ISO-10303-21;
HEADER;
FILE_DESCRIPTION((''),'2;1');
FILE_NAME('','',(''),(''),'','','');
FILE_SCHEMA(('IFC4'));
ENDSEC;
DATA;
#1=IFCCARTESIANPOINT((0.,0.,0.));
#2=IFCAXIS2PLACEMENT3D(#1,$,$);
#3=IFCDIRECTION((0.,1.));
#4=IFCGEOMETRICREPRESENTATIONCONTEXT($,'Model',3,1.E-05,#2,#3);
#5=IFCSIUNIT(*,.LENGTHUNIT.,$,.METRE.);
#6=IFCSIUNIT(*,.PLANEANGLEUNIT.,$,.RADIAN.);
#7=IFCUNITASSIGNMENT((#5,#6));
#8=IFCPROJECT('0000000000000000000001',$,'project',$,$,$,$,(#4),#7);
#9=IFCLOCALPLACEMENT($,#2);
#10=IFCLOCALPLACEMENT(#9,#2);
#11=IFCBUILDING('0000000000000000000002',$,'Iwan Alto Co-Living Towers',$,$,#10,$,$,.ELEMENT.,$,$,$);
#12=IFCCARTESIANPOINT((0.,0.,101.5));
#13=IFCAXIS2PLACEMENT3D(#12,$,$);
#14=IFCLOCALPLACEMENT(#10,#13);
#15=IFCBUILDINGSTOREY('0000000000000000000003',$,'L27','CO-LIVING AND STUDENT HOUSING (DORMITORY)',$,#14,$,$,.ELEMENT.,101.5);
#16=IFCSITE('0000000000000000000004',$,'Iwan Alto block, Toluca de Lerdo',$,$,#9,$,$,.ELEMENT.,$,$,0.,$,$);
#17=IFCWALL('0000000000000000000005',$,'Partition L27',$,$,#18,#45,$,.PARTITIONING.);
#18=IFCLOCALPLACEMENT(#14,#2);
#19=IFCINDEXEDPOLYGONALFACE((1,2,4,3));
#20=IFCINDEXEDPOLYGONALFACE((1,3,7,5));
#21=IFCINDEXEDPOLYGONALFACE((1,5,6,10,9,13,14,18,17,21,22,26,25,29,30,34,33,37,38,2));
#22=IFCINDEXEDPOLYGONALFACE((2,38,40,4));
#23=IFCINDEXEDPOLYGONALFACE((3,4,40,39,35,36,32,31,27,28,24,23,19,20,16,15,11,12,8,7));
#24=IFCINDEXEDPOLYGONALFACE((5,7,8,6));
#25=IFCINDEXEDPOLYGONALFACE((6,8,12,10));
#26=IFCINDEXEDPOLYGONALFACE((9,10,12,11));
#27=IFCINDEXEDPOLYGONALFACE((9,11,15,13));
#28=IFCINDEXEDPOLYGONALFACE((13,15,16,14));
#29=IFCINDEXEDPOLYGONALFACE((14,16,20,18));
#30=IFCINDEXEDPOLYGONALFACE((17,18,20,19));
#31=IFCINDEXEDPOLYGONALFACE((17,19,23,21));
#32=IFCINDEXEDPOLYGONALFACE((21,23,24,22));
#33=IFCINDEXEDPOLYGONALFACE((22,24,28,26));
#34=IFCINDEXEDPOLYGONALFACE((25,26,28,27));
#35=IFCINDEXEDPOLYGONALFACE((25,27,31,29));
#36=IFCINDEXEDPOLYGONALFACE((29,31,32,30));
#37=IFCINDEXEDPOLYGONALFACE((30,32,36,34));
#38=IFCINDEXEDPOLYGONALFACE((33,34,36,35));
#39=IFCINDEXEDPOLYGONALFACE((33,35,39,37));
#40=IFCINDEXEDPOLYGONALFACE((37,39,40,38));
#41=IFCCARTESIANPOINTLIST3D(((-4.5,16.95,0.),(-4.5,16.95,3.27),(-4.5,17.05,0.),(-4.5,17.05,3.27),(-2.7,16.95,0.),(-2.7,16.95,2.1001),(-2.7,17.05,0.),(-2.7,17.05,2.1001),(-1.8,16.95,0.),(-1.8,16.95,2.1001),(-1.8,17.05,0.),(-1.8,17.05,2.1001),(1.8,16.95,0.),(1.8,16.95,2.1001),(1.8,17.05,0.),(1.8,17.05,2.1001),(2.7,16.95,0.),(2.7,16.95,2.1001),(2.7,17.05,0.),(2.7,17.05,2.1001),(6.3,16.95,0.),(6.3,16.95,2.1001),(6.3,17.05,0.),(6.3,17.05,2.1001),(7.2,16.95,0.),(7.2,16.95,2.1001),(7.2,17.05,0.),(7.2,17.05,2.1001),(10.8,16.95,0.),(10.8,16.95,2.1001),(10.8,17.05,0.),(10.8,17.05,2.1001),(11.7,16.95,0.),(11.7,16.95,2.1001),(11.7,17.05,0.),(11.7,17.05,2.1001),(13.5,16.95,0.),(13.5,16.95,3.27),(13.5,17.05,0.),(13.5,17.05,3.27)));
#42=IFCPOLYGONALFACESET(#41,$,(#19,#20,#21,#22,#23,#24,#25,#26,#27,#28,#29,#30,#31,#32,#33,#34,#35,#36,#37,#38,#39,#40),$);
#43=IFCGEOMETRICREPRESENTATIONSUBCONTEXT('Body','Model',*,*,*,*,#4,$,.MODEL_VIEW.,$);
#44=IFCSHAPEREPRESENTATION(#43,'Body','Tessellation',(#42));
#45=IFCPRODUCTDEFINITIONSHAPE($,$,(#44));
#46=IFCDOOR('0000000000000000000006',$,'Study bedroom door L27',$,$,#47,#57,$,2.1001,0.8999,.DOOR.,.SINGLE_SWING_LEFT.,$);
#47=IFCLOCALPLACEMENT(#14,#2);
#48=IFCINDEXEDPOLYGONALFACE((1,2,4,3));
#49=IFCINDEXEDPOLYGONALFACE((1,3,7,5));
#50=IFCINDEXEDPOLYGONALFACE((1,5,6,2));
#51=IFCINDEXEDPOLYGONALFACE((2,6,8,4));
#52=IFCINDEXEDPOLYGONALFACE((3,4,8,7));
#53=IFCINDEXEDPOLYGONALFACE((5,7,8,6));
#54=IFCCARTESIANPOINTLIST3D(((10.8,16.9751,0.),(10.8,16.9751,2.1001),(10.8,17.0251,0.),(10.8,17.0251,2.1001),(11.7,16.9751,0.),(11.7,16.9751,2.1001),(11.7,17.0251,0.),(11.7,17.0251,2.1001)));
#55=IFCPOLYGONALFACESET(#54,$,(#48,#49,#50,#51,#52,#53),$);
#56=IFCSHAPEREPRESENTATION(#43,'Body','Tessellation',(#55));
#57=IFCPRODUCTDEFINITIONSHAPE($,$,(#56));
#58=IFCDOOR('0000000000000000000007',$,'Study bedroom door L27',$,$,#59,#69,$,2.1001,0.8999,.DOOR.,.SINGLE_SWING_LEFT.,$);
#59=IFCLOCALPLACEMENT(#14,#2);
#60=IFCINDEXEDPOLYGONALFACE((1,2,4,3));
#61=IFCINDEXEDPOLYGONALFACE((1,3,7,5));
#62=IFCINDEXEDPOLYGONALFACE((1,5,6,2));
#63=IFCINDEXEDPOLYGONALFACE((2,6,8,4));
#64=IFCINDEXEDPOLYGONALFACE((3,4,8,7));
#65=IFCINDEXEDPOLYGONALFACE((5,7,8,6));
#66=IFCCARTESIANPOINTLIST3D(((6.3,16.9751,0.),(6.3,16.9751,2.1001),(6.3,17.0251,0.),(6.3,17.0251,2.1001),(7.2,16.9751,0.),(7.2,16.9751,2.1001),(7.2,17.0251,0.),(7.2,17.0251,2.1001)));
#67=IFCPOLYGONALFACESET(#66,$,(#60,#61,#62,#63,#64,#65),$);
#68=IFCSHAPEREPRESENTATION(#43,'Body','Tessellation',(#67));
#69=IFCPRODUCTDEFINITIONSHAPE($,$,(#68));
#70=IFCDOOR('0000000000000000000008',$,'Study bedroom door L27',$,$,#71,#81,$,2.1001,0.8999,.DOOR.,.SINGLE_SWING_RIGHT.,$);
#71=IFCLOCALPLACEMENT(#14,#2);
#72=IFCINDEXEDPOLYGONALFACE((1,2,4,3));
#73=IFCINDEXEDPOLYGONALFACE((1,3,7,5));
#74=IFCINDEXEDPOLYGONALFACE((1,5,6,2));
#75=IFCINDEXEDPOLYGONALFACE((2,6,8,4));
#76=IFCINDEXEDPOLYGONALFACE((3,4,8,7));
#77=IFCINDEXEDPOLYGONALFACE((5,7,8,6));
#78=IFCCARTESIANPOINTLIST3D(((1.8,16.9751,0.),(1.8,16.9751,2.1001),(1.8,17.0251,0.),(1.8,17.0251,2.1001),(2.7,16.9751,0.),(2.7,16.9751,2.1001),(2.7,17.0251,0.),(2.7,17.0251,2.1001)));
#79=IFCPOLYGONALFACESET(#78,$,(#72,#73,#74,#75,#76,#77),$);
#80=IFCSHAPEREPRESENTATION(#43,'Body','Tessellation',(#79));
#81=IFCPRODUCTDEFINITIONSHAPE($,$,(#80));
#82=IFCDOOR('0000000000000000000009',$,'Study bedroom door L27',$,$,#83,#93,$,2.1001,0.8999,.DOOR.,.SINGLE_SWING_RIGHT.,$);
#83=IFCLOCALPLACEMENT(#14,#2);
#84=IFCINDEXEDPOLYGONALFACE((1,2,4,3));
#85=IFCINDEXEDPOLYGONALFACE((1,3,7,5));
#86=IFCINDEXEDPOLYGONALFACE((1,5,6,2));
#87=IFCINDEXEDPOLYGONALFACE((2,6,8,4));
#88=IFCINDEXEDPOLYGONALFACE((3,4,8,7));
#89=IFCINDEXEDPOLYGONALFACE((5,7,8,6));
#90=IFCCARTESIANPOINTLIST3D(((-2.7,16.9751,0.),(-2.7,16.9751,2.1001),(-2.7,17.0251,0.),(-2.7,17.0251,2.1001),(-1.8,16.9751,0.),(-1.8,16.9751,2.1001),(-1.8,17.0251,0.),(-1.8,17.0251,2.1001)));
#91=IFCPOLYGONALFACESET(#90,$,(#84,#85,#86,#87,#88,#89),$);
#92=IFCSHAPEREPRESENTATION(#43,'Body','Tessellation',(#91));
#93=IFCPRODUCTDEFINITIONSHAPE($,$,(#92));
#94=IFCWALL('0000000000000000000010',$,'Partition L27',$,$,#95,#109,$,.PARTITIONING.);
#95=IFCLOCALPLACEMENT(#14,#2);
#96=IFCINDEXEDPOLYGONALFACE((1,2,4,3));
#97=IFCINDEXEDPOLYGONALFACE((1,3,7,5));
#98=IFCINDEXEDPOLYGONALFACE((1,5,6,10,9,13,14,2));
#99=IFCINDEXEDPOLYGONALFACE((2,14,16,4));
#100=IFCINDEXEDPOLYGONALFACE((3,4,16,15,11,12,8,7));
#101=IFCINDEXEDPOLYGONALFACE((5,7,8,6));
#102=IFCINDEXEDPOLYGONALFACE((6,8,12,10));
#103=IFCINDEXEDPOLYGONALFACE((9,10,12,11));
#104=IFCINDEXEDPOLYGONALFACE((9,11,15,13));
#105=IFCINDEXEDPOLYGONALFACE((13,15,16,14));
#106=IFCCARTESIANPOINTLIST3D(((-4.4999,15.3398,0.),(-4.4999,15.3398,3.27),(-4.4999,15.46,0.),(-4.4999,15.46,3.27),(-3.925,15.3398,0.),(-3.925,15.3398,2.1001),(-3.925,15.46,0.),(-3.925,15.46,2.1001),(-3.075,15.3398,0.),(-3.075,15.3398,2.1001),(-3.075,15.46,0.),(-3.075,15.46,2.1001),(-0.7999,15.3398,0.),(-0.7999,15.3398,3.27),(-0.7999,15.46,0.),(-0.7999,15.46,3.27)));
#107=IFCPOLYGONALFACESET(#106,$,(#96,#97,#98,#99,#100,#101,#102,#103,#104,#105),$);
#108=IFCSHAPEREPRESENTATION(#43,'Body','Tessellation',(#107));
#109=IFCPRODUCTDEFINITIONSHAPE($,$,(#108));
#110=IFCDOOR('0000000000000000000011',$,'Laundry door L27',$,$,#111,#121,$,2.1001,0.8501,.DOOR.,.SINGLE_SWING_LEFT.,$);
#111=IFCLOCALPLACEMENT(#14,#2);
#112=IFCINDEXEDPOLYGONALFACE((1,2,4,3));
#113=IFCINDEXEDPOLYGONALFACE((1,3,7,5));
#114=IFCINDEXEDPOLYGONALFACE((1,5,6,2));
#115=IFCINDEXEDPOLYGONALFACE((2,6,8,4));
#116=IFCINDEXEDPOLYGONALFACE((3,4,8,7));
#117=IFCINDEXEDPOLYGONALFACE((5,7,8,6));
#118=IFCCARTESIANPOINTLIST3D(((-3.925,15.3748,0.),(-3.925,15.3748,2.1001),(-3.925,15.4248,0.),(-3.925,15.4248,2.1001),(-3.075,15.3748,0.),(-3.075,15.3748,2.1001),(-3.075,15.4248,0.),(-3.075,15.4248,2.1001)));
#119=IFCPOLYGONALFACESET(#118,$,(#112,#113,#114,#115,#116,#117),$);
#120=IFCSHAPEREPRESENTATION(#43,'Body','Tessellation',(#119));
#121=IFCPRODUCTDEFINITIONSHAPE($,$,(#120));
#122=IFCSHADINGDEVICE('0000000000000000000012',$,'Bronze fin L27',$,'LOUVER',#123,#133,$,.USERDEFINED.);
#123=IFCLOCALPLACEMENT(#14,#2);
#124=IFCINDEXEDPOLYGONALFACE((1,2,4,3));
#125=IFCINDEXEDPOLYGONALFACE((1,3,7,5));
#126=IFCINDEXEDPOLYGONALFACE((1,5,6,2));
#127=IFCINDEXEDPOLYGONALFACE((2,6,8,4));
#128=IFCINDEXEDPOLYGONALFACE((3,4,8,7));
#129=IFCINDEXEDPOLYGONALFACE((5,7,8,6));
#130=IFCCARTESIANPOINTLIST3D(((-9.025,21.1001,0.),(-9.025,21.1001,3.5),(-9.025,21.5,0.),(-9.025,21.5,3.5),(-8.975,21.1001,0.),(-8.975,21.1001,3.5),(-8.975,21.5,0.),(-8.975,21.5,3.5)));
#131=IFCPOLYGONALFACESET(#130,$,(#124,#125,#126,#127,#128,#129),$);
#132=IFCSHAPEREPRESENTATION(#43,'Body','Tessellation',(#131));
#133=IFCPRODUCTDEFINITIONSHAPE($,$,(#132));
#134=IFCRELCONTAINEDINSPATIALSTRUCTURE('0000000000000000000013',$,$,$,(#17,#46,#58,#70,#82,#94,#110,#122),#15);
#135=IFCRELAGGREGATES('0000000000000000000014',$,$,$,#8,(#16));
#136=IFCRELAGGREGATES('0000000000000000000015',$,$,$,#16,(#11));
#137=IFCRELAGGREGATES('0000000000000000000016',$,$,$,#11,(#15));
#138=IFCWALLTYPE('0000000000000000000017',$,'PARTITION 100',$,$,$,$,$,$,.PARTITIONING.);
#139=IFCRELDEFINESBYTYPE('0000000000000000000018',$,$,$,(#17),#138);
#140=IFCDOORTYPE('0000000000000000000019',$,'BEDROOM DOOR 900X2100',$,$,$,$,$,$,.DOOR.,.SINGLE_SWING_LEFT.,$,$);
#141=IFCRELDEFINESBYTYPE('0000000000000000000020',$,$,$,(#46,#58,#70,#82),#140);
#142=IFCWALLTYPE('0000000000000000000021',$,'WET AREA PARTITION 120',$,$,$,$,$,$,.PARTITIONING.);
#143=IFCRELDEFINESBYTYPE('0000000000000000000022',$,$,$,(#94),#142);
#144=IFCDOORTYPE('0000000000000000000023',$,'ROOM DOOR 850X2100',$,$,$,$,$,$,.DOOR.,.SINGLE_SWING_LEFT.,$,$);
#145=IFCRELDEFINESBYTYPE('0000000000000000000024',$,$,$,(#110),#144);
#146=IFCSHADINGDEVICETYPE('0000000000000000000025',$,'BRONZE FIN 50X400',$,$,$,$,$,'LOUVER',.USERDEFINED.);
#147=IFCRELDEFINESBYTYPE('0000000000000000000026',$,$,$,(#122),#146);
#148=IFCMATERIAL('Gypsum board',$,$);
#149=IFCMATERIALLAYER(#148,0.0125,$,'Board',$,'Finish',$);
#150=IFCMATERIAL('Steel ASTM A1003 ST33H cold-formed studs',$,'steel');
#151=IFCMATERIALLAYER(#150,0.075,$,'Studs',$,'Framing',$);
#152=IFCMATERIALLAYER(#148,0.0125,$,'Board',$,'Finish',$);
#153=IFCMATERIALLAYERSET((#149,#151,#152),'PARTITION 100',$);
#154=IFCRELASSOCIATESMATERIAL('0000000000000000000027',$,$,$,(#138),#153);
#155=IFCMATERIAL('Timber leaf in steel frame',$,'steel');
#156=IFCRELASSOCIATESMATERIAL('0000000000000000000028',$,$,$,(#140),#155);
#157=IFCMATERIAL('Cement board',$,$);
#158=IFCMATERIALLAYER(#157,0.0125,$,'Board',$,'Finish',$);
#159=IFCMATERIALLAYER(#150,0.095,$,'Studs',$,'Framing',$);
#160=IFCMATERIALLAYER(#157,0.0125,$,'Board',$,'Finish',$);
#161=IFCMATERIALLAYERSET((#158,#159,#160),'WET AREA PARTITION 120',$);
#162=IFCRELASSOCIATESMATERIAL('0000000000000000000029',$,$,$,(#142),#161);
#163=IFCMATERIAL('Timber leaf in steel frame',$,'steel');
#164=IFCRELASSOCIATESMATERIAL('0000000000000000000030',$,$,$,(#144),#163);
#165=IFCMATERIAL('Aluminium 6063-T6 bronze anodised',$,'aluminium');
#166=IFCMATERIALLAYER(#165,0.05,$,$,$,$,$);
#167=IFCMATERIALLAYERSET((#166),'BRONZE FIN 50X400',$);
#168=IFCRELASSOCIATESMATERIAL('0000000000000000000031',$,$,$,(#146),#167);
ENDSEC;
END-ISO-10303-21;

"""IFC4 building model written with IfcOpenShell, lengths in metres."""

from ifc_helpers import new_model, si_unit, direction, frame, frame_2d, origin, origin_2d, place, context, subcontext, project, spatial, rectangle, extrude, material, layer, layer_set, type_object, element, fill, save


model = new_model("IFC4")

# Units and contexts
model_context = context("Model", 3, precision=1e-05, world=origin(), true_north=direction((0.0, 1.0)))
body_context = subcontext(model_context, "Body", "Model", "MODEL_VIEW")
ifc_project = project(units=[si_unit("LENGTHUNIT", "METRE"), si_unit("PLANEANGLEUNIT", "RADIAN")], contexts=[model_context])

# Site, building, storey
site_placement = place(None, origin())
site = spatial("IfcSite", under=ifc_project, at=site_placement, Name="Iwan Alto block, Toluca de Lerdo", CompositionType="ELEMENT", RefElevation=0.0)
building_placement = place(site_placement, origin())
building = spatial("IfcBuilding", under=site, at=building_placement, Name="Iwan Alto Co-Living Towers", CompositionType="ELEMENT")
storey_placement = place(building_placement, frame((0.0, 0.0, 101.5)))
storey = spatial("IfcBuildingStorey", under=building, at=storey_placement, Name="L27", Description="CO-LIVING AND STUDENT HOUSING (DORMITORY)", CompositionType="ELEMENT", Elevation=101.5)

# Wall, openings, doors
ifc_material_1 = material(Name="Gypsum board")
ifc_layer_1 = layer(ifc_material_1, 0.0125, Name="Board", Category="Finish")
ifc_material_2 = material(Name="Steel ASTM A1003 ST33H cold-formed studs", Category="steel")
ifc_layer_2 = layer(ifc_material_2, 0.075, Name="Studs", Category="Framing")
ifc_layer_3 = layer(ifc_material_1, 0.0125, Name="Board", Category="Finish")
ifc_layer_set_1 = layer_set([ifc_layer_1, ifc_layer_2, ifc_layer_3], Name="PARTITION 100")
wall_type_1 = type_object("IfcWallType", Name="PARTITION 100", PredefinedType="PARTITIONING", material=ifc_layer_set_1)
wall_1_placement = place(storey_placement, frame((-4.5, 17.0, 0.0), z_axis=(0.0, 0.0, 1.0), x_axis=(1.0, 0.0, 0.0)))
wall_1 = element("IfcWall", 1, at=wall_1_placement, inside=storey, type_object=wall_type_1, Name="Partition L27", PredefinedType="PARTITIONING", context=body_context, shape_type="SweptSolid", body=[
    extrude(rectangle(XDim=18.0, YDim=0.1001, at=frame_2d((9.0, 0.0))), origin(), (0.0, 0.0, 1.0), 3.27),
])
opening_1_placement = place(wall_1_placement, frame((15.3, 0.0, 0.0)))
opening_1 = element("IfcOpeningElement", 2, at=opening_1_placement, cuts=wall_1, PredefinedType="OPENING", context=body_context, shape_type="SweptSolid", body=[
    extrude(rectangle(XDim=0.8999, YDim=2.1001, at=frame_2d((0.45, 1.05))), frame((0.0, 0.0601, 0.0), z_axis=(0.0, -1.0, 0.0), x_axis=(1.0, 0.0, 0.0)), (0.0, 0.0, 1.0), 0.1201),
])
opening_2_placement = place(wall_1_placement, frame((10.8, 0.0, 0.0)))
opening_2 = element("IfcOpeningElement", 3, at=opening_2_placement, cuts=wall_1, PredefinedType="OPENING", context=body_context, shape_type="SweptSolid", body=[
    extrude(rectangle(XDim=0.8999, YDim=2.1001, at=frame_2d((0.45, 1.05))), frame((0.0, 0.0601, 0.0), z_axis=(0.0, -1.0, 0.0), x_axis=(1.0, 0.0, 0.0)), (0.0, 0.0, 1.0), 0.1201),
])
opening_3_placement = place(wall_1_placement, frame((6.3, 0.0, 0.0)))
opening_3 = element("IfcOpeningElement", 4, at=opening_3_placement, cuts=wall_1, PredefinedType="OPENING", context=body_context, shape_type="SweptSolid", body=[
    extrude(rectangle(XDim=0.8999, YDim=2.1001, at=frame_2d((0.45, 1.05))), frame((0.0, 0.0601, 0.0), z_axis=(0.0, -1.0, 0.0), x_axis=(1.0, 0.0, 0.0)), (0.0, 0.0, 1.0), 0.1201),
])
opening_4_placement = place(wall_1_placement, frame((1.8, 0.0, 0.0)))
opening_4 = element("IfcOpeningElement", 5, at=opening_4_placement, cuts=wall_1, PredefinedType="OPENING", context=body_context, shape_type="SweptSolid", body=[
    extrude(rectangle(XDim=0.8999, YDim=2.1001, at=frame_2d((0.45, 1.05))), frame((0.0, 0.0601, 0.0), z_axis=(0.0, -1.0, 0.0), x_axis=(1.0, 0.0, 0.0)), (0.0, 0.0, 1.0), 0.1201),
])
ifc_material_3 = material(Name="Timber leaf in steel frame", Category="steel")
door_type_1 = type_object("IfcDoorType", Name="BEDROOM DOOR 900X2100", OperationType="SINGLE_SWING_LEFT", PredefinedType="DOOR", material=ifc_material_3)
door_1_placement = place(opening_1_placement, frame((0.8999, 0.0, 0.0), z_axis=(0.0, 0.0, 1.0), x_axis=(-1.0, 0.0, 0.0)))
door_1 = element("IfcDoor", 6, at=door_1_placement, inside=storey, type_object=door_type_1, Name="Study bedroom door L27", OperationType="SINGLE_SWING_LEFT", OverallHeight=2.1001, OverallWidth=0.8999, PredefinedType="DOOR", context=body_context, shape_type="SweptSolid", body=[
    extrude(rectangle(XDim=0.8999, YDim=2.1001, at=frame_2d((0.45, 1.05))), frame((0.0, 0.0249, 0.0), z_axis=(0.0, -1.0, 0.0), x_axis=(1.0, 0.0, 0.0)), (0.0, 0.0, 1.0), 0.05),
])
fill(opening_1, door_1)
door_2_placement = place(opening_2_placement, frame((0.8999, 0.0, 0.0), z_axis=(0.0, 0.0, 1.0), x_axis=(-1.0, 0.0, 0.0)))
door_2 = element("IfcDoor", 7, at=door_2_placement, inside=storey, type_object=door_type_1, Name="Study bedroom door L27", OperationType="SINGLE_SWING_LEFT", OverallHeight=2.1001, OverallWidth=0.8999, PredefinedType="DOOR", context=body_context, shape_type="SweptSolid", body=[
    extrude(rectangle(XDim=0.8999, YDim=2.1001, at=frame_2d((0.45, 1.05))), frame((0.0, 0.0249, 0.0), z_axis=(0.0, -1.0, 0.0), x_axis=(1.0, 0.0, 0.0)), (0.0, 0.0, 1.0), 0.05),
])
fill(opening_2, door_2)
door_3_placement = place(opening_3_placement, frame((0.8999, 0.0, 0.0), z_axis=(0.0, 0.0, 1.0), x_axis=(-1.0, 0.0, 0.0)))
door_3 = element("IfcDoor", 8, at=door_3_placement, inside=storey, type_object=door_type_1, Name="Study bedroom door L27", OperationType="SINGLE_SWING_RIGHT", OverallHeight=2.1001, OverallWidth=0.8999, PredefinedType="DOOR", context=body_context, shape_type="SweptSolid", body=[
    extrude(rectangle(XDim=0.8999, YDim=2.1001, at=frame_2d((0.45, 1.05))), frame((0.0, 0.0249, 0.0), z_axis=(0.0, -1.0, 0.0), x_axis=(1.0, 0.0, 0.0)), (0.0, 0.0, 1.0), 0.05),
])
fill(opening_3, door_3)
door_4_placement = place(opening_4_placement, frame((0.8999, 0.0, 0.0), z_axis=(0.0, 0.0, 1.0), x_axis=(-1.0, 0.0, 0.0)))
door_4 = element("IfcDoor", 9, at=door_4_placement, inside=storey, type_object=door_type_1, Name="Study bedroom door L27", OperationType="SINGLE_SWING_RIGHT", OverallHeight=2.1001, OverallWidth=0.8999, PredefinedType="DOOR", context=body_context, shape_type="SweptSolid", body=[
    extrude(rectangle(XDim=0.8999, YDim=2.1001, at=frame_2d((0.45, 1.05))), frame((0.0, 0.0249, 0.0), z_axis=(0.0, -1.0, 0.0), x_axis=(1.0, 0.0, 0.0)), (0.0, 0.0, 1.0), 0.05),
])
fill(opening_4, door_4)

# Wall, opening, door
ifc_material_4 = material(Name="Cement board")
ifc_layer_4 = layer(ifc_material_4, 0.0125, Name="Board", Category="Finish")
ifc_layer_5 = layer(ifc_material_2, 0.095, Name="Studs", Category="Framing")
ifc_layer_6 = layer(ifc_material_4, 0.0125, Name="Board", Category="Finish")
ifc_layer_set_2 = layer_set([ifc_layer_4, ifc_layer_5, ifc_layer_6], Name="WET AREA PARTITION 120")
wall_type_2 = type_object("IfcWallType", Name="WET AREA PARTITION 120", PredefinedType="PARTITIONING", material=ifc_layer_set_2)
wall_2_placement = place(storey_placement, frame((-4.5, 15.3999, 0.0), z_axis=(0.0, 0.0, 1.0), x_axis=(1.0, 0.0, 0.0)))
wall_2 = element("IfcWall", 10, at=wall_2_placement, inside=storey, type_object=wall_type_2, Name="Partition L27", PredefinedType="PARTITIONING", context=body_context, shape_type="SweptSolid", body=[
    extrude(rectangle(XDim=3.7, YDim=0.1201, at=frame_2d((1.8501, 0.0))), origin(), (0.0, 0.0, 1.0), 3.27),
])
opening_5_placement = place(wall_2_placement, frame((0.575, 0.0, 0.0)))
opening_5 = element("IfcOpeningElement", 11, at=opening_5_placement, cuts=wall_2, PredefinedType="OPENING", context=body_context, shape_type="SweptSolid", body=[
    extrude(rectangle(XDim=0.8501, YDim=2.1001, at=frame_2d((0.425, 1.05))), frame((0.0, 0.0701, 0.0), z_axis=(0.0, -1.0, 0.0), x_axis=(1.0, 0.0, 0.0)), (0.0, 0.0, 1.0), 0.1401),
])
ifc_material_5 = material(Name="Timber leaf in steel frame", Category="steel")
door_type_2 = type_object("IfcDoorType", Name="ROOM DOOR 850X2100", OperationType="SINGLE_SWING_LEFT", PredefinedType="DOOR", material=ifc_material_5)
door_5_placement = place(opening_5_placement, origin())
door_5 = element("IfcDoor", 12, at=door_5_placement, inside=storey, type_object=door_type_2, Name="Laundry door L27", OperationType="SINGLE_SWING_LEFT", OverallHeight=2.1001, OverallWidth=0.8501, PredefinedType="DOOR", context=body_context, shape_type="SweptSolid", body=[
    extrude(rectangle(XDim=0.8501, YDim=2.1001, at=frame_2d((0.425, 1.05))), frame((0.0, 0.0249, 0.0), z_axis=(0.0, -1.0, 0.0), x_axis=(1.0, 0.0, 0.0)), (0.0, 0.0, 1.0), 0.05),
])
fill(opening_5, door_5)

# Shading device
ifc_material_6 = material(Name="Aluminium 6063-T6 bronze anodised", Category="aluminium")
ifc_layer_7 = layer(ifc_material_6, 0.05)
ifc_layer_set_3 = layer_set([ifc_layer_7], Name="BRONZE FIN 50X400")
shading_device_type = type_object("IfcShadingDeviceType", Name="BRONZE FIN 50X400", ElementType="LOUVER", PredefinedType="USERDEFINED", material=ifc_layer_set_3)
shading_device_placement = place(storey_placement, frame((-9.0, 21.3, 0.0), z_axis=(0.0, 0.0, 1.0), x_axis=(-1.0, 0.0, 0.0)))
element("IfcShadingDevice", 13, at=shading_device_placement, inside=storey, type_object=shading_device_type, Name="Bronze fin L27", ObjectType="LOUVER", PredefinedType="USERDEFINED", context=body_context, shape_type="SweptSolid", body=[
    extrude(rectangle(XDim=0.05, YDim=0.3999, at=origin_2d()), origin(), (0.0, 0.0, 1.0), 3.5),
])

save(model, "model.ifc")
